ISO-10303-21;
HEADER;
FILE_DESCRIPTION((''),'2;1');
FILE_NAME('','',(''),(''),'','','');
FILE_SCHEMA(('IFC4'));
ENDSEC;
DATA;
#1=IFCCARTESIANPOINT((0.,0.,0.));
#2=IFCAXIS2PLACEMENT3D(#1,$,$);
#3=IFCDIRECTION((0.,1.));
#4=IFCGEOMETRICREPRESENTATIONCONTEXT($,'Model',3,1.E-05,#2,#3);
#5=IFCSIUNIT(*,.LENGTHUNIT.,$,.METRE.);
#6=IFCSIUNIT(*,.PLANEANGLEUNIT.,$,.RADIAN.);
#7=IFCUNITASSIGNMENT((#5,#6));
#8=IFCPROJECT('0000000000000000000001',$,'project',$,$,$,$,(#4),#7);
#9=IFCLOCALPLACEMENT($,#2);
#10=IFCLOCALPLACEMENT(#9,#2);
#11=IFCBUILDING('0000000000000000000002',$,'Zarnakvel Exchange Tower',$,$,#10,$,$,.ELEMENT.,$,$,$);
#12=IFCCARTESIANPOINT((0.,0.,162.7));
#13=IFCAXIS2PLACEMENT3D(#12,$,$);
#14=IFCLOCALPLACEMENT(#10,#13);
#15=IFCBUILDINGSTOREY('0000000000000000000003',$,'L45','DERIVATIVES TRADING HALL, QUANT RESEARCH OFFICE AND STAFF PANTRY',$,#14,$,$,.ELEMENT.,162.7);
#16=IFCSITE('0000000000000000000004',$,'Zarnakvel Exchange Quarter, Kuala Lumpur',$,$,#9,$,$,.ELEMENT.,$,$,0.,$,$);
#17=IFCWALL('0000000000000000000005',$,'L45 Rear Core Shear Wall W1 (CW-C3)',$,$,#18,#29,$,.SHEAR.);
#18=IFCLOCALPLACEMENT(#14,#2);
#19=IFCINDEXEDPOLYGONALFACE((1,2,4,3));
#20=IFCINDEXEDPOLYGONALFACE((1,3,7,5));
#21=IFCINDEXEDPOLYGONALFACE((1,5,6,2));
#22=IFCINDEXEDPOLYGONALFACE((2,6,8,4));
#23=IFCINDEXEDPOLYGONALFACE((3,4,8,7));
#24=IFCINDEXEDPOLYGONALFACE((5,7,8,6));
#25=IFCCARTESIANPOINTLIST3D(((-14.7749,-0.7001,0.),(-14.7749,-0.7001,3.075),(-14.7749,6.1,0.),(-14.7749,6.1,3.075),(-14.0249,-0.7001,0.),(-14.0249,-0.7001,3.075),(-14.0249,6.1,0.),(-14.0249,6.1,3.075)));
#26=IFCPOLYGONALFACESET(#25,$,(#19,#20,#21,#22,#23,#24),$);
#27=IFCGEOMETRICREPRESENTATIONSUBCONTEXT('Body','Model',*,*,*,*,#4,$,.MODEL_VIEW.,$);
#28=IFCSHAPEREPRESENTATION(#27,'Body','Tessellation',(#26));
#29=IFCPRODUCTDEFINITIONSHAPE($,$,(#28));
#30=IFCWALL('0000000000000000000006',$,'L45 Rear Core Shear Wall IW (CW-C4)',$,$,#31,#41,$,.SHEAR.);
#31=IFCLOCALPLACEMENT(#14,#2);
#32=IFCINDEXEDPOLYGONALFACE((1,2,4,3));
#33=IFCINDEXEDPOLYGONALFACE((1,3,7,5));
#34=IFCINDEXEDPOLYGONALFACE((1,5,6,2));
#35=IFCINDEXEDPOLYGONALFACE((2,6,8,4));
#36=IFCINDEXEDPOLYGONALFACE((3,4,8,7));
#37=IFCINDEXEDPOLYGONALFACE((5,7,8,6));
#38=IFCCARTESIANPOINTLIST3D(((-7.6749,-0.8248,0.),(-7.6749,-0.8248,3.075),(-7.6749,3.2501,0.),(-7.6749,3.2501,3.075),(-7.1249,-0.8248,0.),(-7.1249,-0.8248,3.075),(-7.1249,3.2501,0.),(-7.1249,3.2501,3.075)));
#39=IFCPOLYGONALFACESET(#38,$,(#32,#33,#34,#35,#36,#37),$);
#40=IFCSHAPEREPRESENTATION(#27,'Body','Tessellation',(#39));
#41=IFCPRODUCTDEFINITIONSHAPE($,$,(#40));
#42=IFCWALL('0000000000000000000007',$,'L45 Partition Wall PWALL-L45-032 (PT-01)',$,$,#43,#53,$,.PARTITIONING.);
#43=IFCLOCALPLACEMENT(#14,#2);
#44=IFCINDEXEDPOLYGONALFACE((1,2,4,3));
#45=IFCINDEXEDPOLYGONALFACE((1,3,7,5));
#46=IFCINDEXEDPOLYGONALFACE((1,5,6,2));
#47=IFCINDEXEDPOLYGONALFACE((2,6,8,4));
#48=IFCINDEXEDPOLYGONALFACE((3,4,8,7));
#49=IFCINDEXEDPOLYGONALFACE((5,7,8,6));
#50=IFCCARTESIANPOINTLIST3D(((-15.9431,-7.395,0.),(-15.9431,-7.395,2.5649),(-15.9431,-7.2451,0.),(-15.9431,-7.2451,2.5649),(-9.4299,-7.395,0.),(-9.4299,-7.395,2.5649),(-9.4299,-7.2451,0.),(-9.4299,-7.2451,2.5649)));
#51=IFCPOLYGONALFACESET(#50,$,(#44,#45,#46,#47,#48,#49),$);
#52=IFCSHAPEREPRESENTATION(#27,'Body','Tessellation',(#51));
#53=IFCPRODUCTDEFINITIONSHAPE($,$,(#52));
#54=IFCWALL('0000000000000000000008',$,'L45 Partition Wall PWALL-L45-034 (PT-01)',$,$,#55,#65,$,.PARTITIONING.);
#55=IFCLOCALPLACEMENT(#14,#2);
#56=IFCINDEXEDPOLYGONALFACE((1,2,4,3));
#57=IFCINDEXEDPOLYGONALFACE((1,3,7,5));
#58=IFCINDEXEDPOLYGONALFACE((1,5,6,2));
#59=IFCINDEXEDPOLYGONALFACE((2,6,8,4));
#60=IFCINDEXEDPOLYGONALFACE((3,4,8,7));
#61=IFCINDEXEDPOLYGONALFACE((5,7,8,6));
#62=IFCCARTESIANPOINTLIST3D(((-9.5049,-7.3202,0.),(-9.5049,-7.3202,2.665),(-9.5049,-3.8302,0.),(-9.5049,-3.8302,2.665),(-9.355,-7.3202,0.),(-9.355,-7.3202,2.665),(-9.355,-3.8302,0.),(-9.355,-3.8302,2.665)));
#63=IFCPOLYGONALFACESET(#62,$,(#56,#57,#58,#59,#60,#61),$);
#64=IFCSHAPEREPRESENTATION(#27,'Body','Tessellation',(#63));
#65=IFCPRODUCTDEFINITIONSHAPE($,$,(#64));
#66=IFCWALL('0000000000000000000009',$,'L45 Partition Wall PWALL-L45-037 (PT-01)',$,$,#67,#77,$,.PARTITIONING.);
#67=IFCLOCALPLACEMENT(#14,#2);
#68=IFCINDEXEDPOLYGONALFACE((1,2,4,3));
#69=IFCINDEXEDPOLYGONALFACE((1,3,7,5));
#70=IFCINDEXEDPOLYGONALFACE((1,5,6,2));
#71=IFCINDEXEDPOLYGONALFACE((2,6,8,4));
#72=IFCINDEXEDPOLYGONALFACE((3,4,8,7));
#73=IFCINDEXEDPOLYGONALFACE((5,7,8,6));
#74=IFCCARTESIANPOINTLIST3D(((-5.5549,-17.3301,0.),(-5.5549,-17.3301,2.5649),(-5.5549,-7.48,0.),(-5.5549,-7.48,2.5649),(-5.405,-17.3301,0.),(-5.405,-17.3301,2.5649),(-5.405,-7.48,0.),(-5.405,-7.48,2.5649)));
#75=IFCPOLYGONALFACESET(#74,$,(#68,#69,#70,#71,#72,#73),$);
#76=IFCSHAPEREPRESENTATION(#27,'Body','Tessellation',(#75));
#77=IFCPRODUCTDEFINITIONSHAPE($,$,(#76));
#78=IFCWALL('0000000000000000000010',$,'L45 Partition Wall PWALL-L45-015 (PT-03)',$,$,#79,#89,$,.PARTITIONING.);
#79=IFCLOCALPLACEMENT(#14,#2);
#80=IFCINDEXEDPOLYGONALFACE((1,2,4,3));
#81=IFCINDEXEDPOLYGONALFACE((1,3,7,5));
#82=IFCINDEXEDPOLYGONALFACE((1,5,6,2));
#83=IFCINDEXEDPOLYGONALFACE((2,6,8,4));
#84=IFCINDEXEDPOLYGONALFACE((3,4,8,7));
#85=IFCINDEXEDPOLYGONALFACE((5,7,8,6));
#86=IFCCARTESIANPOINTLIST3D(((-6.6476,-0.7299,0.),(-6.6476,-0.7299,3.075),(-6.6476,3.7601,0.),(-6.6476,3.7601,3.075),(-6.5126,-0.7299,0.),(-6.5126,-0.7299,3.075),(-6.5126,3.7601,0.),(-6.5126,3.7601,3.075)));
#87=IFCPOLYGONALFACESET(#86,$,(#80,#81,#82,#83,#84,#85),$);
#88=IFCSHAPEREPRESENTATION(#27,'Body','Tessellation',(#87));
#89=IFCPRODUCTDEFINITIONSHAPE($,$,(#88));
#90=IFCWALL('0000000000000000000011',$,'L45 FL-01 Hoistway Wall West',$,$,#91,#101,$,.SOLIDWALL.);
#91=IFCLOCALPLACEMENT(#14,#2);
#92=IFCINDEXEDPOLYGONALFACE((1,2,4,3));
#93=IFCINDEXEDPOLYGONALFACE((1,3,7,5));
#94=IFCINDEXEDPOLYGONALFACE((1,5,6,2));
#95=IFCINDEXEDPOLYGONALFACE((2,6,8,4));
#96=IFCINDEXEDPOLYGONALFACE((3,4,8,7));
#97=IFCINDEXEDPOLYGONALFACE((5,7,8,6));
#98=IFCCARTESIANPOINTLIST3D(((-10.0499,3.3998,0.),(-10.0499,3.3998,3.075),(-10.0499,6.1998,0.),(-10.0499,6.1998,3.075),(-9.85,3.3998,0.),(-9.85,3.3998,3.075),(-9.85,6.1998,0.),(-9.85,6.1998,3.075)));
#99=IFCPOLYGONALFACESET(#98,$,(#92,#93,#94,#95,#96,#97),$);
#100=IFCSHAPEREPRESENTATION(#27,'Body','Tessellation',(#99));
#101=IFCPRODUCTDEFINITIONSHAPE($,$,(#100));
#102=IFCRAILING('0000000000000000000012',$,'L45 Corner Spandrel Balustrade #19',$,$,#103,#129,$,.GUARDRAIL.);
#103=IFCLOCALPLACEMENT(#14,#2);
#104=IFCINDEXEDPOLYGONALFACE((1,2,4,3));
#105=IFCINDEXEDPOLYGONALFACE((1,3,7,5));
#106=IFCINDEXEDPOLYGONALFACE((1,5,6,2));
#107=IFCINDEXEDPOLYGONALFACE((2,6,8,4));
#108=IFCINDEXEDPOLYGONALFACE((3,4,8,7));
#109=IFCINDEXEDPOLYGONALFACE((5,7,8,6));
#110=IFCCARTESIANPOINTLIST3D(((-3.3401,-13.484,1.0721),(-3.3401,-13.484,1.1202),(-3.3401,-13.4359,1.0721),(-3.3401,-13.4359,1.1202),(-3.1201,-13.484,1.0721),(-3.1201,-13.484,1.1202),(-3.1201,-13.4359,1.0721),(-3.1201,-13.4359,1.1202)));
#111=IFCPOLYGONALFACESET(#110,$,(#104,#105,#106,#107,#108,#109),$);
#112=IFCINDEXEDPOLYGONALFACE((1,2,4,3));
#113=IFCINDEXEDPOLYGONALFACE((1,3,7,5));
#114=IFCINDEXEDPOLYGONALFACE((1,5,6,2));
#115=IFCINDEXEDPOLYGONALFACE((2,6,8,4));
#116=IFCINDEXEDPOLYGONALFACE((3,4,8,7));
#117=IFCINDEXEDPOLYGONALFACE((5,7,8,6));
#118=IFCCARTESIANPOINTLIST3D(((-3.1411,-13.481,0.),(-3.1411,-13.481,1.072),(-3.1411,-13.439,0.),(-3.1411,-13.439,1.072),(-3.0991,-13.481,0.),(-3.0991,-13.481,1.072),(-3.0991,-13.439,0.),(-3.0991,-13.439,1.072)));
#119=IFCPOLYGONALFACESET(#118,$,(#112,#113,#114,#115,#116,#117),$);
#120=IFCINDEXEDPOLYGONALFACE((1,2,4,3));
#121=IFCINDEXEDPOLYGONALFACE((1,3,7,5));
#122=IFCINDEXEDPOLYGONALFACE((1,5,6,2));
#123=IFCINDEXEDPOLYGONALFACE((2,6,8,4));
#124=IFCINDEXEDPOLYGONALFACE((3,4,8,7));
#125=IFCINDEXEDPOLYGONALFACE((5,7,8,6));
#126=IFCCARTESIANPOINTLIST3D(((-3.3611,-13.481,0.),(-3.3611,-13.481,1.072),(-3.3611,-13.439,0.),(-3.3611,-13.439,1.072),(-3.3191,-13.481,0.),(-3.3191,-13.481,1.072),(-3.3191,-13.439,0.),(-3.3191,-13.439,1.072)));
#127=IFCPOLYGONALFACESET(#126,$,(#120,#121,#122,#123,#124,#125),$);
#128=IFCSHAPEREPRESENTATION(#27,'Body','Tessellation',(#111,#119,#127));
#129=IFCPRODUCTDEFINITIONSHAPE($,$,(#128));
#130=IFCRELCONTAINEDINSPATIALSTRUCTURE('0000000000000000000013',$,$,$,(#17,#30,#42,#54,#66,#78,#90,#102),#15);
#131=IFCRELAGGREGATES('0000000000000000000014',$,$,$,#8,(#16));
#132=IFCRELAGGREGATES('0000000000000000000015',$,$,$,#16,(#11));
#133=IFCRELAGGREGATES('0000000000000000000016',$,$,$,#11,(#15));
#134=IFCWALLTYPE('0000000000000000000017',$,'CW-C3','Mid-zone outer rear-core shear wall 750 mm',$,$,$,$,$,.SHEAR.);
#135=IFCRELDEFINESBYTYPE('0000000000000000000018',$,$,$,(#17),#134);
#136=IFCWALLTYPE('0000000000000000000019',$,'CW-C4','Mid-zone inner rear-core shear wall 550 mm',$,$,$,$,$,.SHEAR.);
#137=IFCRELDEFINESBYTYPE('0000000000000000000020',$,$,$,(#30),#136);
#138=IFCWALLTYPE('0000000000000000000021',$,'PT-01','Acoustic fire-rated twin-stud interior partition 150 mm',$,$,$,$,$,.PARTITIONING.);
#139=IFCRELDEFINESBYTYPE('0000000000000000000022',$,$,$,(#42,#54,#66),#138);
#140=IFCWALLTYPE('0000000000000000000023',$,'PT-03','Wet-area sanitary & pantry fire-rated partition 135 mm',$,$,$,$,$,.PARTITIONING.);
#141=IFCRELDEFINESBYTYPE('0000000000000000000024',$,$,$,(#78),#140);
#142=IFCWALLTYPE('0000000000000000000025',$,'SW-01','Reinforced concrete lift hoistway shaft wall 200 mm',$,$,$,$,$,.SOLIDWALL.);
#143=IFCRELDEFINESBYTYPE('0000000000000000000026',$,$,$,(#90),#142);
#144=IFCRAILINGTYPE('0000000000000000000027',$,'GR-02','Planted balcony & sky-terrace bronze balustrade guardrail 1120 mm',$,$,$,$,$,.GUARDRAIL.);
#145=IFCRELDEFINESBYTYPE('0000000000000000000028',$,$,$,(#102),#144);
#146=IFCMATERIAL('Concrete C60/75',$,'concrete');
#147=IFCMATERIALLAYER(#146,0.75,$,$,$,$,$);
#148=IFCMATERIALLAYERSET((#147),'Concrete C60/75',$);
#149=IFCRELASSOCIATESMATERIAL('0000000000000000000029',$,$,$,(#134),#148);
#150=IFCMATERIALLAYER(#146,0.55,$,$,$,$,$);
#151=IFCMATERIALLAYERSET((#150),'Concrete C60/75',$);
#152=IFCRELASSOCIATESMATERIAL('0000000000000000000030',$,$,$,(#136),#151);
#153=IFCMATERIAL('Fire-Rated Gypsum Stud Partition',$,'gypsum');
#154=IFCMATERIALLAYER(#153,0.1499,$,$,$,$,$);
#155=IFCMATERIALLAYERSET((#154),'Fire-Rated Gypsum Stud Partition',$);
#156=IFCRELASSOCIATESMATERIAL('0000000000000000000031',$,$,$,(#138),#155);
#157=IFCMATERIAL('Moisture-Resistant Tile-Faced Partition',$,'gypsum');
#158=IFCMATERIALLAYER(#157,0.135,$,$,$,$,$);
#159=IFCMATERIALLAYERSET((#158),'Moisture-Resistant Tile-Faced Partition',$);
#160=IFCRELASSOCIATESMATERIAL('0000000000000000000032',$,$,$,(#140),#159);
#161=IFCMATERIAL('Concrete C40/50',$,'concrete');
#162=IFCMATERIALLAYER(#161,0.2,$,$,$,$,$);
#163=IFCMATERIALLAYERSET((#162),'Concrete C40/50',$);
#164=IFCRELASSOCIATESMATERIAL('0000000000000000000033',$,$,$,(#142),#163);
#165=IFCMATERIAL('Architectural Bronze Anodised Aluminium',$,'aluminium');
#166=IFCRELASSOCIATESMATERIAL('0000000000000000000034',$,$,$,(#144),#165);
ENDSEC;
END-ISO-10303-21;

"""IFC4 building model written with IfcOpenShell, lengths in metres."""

from ifc_helpers import new_model, si_unit, direction, frame, frame_2d, origin, origin_2d, place, context, subcontext, project, spatial, rectangle, extrude, material, layer, layer_set, type_object, element, save


model = new_model("IFC4")

# Units and contexts
model_context = context("Model", 3, precision=1e-05, world=origin(), true_north=direction((0.0, 1.0)))
body_context = subcontext(model_context, "Body", "Model", "MODEL_VIEW")
ifc_project = project(units=[si_unit("LENGTHUNIT", "METRE"), si_unit("PLANEANGLEUNIT", "RADIAN")], contexts=[model_context])

# Site, building, storey
site_placement = place(None, origin())
site = spatial("IfcSite", under=ifc_project, at=site_placement, Name="Zarnakvel Exchange Quarter, Kuala Lumpur", CompositionType="ELEMENT", RefElevation=0.0)
building_placement = place(site_placement, origin())
building = spatial("IfcBuilding", under=site, at=building_placement, Name="Zarnakvel Exchange Tower", CompositionType="ELEMENT")
storey_placement = place(building_placement, frame((0.0, 0.0, 162.7)))
storey = spatial("IfcBuildingStorey", under=building, at=storey_placement, Name="L45", Description="DERIVATIVES TRADING HALL, QUANT RESEARCH OFFICE AND STAFF PANTRY", CompositionType="ELEMENT", Elevation=162.7)

# Shared definitions
ifc_material_1 = material(Name="Concrete C60/75", Category="concrete")

# Wall
ifc_layer_1 = layer(ifc_material_1, 0.75)
ifc_layer_set_1 = layer_set([ifc_layer_1], Name="Concrete C60/75")
wall_type_1 = type_object("IfcWallType", Name="CW-C3", Description="Mid-zone outer rear-core shear wall 750 mm", PredefinedType="SHEAR", material=ifc_layer_set_1)
wall_1_placement = place(storey_placement, frame((-14.3999, -0.7, 0.0), z_axis=(0.0, 0.0, 1.0), x_axis=(0.0, 1.0, 0.0)))
element("IfcWall", 1, at=wall_1_placement, inside=storey, type_object=wall_type_1, Name="L45 Rear Core Shear Wall W1 (CW-C3)", PredefinedType="SHEAR", context=body_context, shape_type="SweptSolid", body=[
    extrude(rectangle(XDim=6.8, YDim=0.75, at=frame_2d((3.3999, 0.0))), origin(), (0.0, 0.0, 1.0), 3.075),
])

# Walls
ifc_layer_2 = layer(ifc_material_1, 0.55)
ifc_layer_set_2 = layer_set([ifc_layer_2], Name="Concrete C60/75")
wall_type_2 = type_object("IfcWallType", Name="CW-C4", Description="Mid-zone inner rear-core shear wall 550 mm", PredefinedType="SHEAR", material=ifc_layer_set_2)
wall_2_placement = place(storey_placement, frame((-7.3999, -0.825, 0.0), z_axis=(0.0, 0.0, 1.0), x_axis=(0.0, 1.0, 0.0)))
element("IfcWall", 2, at=wall_2_placement, inside=storey, type_object=wall_type_2, Name="L45 Rear Core Shear Wall IW (CW-C4)", PredefinedType="SHEAR", context=body_context, shape_type="SweptSolid", body=[
    extrude(rectangle(XDim=4.075, YDim=0.55, at=frame_2d((2.0376, 0.0))), origin(), (0.0, 0.0, 1.0), 3.075),
])
ifc_material_2 = material(Name="Fire-Rated Gypsum Stud Partition", Category="gypsum")
ifc_layer_3 = layer(ifc_material_2, 0.1499)
ifc_layer_set_3 = layer_set([ifc_layer_3], Name="Fire-Rated Gypsum Stud Partition")
wall_type_3 = type_object("IfcWallType", Name="PT-01", Description="Acoustic fire-rated twin-stud interior partition 150 mm", PredefinedType="PARTITIONING", material=ifc_layer_set_3)
wall_3_placement = place(storey_placement, frame((-9.4299, -7.3201, 0.0), z_axis=(0.0, 0.0, 1.0), x_axis=(-1.0, 0.0, 0.0)))
element("IfcWall", 3, at=wall_3_placement, inside=storey, type_object=wall_type_3, Name="L45 Partition Wall PWALL-L45-032 (PT-01)", PredefinedType="PARTITIONING", context=body_context, shape_type="SweptSolid", body=[
    extrude(rectangle(XDim=6.5132, YDim=0.1499, at=frame_2d((3.2566, 0.0))), origin(), (0.0, 0.0, 1.0), 2.5649),
])
wall_4_placement = place(storey_placement, frame((-9.4299, -3.8301, 0.0), z_axis=(0.0, 0.0, 1.0), x_axis=(0.0, -1.0, 0.0)))
element("IfcWall", 4, at=wall_4_placement, inside=storey, type_object=wall_type_3, Name="L45 Partition Wall PWALL-L45-034 (PT-01)", PredefinedType="PARTITIONING", context=body_context, shape_type="SweptSolid", body=[
    extrude(rectangle(XDim=3.49, YDim=0.1499, at=frame_2d((1.7451, 0.0))), origin(), (0.0, 0.0, 1.0), 2.665),
])
wall_5_placement = place(storey_placement, frame((-5.48, -7.48, 0.0), z_axis=(0.0, 0.0, 1.0), x_axis=(0.0, -1.0, 0.0)))
element("IfcWall", 5, at=wall_5_placement, inside=storey, type_object=wall_type_3, Name="L45 Partition Wall PWALL-L45-037 (PT-01)", PredefinedType="PARTITIONING", context=body_context, shape_type="SweptSolid", body=[
    extrude(rectangle(XDim=9.8501, YDim=0.1499, at=frame_2d((4.925, 0.0))), origin(), (0.0, 0.0, 1.0), 2.5649),
])
ifc_material_3 = material(Name="Moisture-Resistant Tile-Faced Partition", Category="gypsum")
ifc_layer_4 = layer(ifc_material_3, 0.135)
ifc_layer_set_4 = layer_set([ifc_layer_4], Name="Moisture-Resistant Tile-Faced Partition")
wall_type_4 = type_object("IfcWallType", Name="PT-03", Description="Wet-area sanitary & pantry fire-rated partition 135 mm", PredefinedType="PARTITIONING", material=ifc_layer_set_4)
wall_6_placement = place(storey_placement, frame((-6.5801, -0.73, 0.0), z_axis=(0.0, 0.0, 1.0), x_axis=(0.0, 1.0, 0.0)))
element("IfcWall", 6, at=wall_6_placement, inside=storey, type_object=wall_type_4, Name="L45 Partition Wall PWALL-L45-015 (PT-03)", PredefinedType="PARTITIONING", context=body_context, shape_type="SweptSolid", body=[
    extrude(rectangle(XDim=4.49, YDim=0.135, at=frame_2d((2.2451, 0.0))), origin(), (0.0, 0.0, 1.0), 3.075),
])
ifc_material_4 = material(Name="Concrete C40/50", Category="concrete")
ifc_layer_5 = layer(ifc_material_4, 0.2)
ifc_layer_set_5 = layer_set([ifc_layer_5], Name="Concrete C40/50")
wall_type_5 = type_object("IfcWallType", Name="SW-01", Description="Reinforced concrete lift hoistway shaft wall 200 mm", PredefinedType="SOLIDWALL", material=ifc_layer_set_5)
wall_7_placement = place(storey_placement, frame((-9.95, 3.3999, 0.0), z_axis=(0.0, 0.0, 1.0), x_axis=(0.0, 1.0, 0.0)))
element("IfcWall", 7, at=wall_7_placement, inside=storey, type_object=wall_type_5, Name="L45 FL-01 Hoistway Wall West", PredefinedType="SOLIDWALL", context=body_context, shape_type="SweptSolid", body=[
    extrude(rectangle(XDim=2.8, YDim=0.2, at=frame_2d((1.3999, 0.0))), origin(), (0.0, 0.0, 1.0), 3.075),
])

# Railing
ifc_material_5 = material(Name="Architectural Bronze Anodised Aluminium", Category="aluminium")
railing_type_1 = type_object("IfcRailingType", Name="GR-02", Description="Planted balcony & sky-terrace bronze balustrade guardrail 1120 mm", PredefinedType="GUARDRAIL", material=ifc_material_5)
railing_1_placement = place(storey_placement, frame((-3.1201, -13.46, 0.0)))
element("IfcRailing", 8, at=railing_1_placement, inside=storey, type_object=railing_type_1, Name="L45 Corner Spandrel Balustrade #19", PredefinedType="GUARDRAIL", context=body_context, shape_type="SweptSolid", body=[
    extrude(rectangle(XDim=0.0481, YDim=0.0481, at=origin_2d()), frame((0.0, 0.0, 1.0962), z_axis=(-1.0, 0.0, 0.0), x_axis=(0.0, -1.0, 0.0)), (0.0, 0.0, 1.0), 0.22),
    extrude(rectangle(XDim=0.042, YDim=0.042, at=origin_2d()), origin(), (0.0, 0.0, 1.0), 1.072),
    extrude(rectangle(XDim=0.042, YDim=0.042, at=origin_2d()), frame((-0.22, 0.0, 0.0)), (0.0, 0.0, 1.0), 1.072),
])

save(model, "model.ifc")
